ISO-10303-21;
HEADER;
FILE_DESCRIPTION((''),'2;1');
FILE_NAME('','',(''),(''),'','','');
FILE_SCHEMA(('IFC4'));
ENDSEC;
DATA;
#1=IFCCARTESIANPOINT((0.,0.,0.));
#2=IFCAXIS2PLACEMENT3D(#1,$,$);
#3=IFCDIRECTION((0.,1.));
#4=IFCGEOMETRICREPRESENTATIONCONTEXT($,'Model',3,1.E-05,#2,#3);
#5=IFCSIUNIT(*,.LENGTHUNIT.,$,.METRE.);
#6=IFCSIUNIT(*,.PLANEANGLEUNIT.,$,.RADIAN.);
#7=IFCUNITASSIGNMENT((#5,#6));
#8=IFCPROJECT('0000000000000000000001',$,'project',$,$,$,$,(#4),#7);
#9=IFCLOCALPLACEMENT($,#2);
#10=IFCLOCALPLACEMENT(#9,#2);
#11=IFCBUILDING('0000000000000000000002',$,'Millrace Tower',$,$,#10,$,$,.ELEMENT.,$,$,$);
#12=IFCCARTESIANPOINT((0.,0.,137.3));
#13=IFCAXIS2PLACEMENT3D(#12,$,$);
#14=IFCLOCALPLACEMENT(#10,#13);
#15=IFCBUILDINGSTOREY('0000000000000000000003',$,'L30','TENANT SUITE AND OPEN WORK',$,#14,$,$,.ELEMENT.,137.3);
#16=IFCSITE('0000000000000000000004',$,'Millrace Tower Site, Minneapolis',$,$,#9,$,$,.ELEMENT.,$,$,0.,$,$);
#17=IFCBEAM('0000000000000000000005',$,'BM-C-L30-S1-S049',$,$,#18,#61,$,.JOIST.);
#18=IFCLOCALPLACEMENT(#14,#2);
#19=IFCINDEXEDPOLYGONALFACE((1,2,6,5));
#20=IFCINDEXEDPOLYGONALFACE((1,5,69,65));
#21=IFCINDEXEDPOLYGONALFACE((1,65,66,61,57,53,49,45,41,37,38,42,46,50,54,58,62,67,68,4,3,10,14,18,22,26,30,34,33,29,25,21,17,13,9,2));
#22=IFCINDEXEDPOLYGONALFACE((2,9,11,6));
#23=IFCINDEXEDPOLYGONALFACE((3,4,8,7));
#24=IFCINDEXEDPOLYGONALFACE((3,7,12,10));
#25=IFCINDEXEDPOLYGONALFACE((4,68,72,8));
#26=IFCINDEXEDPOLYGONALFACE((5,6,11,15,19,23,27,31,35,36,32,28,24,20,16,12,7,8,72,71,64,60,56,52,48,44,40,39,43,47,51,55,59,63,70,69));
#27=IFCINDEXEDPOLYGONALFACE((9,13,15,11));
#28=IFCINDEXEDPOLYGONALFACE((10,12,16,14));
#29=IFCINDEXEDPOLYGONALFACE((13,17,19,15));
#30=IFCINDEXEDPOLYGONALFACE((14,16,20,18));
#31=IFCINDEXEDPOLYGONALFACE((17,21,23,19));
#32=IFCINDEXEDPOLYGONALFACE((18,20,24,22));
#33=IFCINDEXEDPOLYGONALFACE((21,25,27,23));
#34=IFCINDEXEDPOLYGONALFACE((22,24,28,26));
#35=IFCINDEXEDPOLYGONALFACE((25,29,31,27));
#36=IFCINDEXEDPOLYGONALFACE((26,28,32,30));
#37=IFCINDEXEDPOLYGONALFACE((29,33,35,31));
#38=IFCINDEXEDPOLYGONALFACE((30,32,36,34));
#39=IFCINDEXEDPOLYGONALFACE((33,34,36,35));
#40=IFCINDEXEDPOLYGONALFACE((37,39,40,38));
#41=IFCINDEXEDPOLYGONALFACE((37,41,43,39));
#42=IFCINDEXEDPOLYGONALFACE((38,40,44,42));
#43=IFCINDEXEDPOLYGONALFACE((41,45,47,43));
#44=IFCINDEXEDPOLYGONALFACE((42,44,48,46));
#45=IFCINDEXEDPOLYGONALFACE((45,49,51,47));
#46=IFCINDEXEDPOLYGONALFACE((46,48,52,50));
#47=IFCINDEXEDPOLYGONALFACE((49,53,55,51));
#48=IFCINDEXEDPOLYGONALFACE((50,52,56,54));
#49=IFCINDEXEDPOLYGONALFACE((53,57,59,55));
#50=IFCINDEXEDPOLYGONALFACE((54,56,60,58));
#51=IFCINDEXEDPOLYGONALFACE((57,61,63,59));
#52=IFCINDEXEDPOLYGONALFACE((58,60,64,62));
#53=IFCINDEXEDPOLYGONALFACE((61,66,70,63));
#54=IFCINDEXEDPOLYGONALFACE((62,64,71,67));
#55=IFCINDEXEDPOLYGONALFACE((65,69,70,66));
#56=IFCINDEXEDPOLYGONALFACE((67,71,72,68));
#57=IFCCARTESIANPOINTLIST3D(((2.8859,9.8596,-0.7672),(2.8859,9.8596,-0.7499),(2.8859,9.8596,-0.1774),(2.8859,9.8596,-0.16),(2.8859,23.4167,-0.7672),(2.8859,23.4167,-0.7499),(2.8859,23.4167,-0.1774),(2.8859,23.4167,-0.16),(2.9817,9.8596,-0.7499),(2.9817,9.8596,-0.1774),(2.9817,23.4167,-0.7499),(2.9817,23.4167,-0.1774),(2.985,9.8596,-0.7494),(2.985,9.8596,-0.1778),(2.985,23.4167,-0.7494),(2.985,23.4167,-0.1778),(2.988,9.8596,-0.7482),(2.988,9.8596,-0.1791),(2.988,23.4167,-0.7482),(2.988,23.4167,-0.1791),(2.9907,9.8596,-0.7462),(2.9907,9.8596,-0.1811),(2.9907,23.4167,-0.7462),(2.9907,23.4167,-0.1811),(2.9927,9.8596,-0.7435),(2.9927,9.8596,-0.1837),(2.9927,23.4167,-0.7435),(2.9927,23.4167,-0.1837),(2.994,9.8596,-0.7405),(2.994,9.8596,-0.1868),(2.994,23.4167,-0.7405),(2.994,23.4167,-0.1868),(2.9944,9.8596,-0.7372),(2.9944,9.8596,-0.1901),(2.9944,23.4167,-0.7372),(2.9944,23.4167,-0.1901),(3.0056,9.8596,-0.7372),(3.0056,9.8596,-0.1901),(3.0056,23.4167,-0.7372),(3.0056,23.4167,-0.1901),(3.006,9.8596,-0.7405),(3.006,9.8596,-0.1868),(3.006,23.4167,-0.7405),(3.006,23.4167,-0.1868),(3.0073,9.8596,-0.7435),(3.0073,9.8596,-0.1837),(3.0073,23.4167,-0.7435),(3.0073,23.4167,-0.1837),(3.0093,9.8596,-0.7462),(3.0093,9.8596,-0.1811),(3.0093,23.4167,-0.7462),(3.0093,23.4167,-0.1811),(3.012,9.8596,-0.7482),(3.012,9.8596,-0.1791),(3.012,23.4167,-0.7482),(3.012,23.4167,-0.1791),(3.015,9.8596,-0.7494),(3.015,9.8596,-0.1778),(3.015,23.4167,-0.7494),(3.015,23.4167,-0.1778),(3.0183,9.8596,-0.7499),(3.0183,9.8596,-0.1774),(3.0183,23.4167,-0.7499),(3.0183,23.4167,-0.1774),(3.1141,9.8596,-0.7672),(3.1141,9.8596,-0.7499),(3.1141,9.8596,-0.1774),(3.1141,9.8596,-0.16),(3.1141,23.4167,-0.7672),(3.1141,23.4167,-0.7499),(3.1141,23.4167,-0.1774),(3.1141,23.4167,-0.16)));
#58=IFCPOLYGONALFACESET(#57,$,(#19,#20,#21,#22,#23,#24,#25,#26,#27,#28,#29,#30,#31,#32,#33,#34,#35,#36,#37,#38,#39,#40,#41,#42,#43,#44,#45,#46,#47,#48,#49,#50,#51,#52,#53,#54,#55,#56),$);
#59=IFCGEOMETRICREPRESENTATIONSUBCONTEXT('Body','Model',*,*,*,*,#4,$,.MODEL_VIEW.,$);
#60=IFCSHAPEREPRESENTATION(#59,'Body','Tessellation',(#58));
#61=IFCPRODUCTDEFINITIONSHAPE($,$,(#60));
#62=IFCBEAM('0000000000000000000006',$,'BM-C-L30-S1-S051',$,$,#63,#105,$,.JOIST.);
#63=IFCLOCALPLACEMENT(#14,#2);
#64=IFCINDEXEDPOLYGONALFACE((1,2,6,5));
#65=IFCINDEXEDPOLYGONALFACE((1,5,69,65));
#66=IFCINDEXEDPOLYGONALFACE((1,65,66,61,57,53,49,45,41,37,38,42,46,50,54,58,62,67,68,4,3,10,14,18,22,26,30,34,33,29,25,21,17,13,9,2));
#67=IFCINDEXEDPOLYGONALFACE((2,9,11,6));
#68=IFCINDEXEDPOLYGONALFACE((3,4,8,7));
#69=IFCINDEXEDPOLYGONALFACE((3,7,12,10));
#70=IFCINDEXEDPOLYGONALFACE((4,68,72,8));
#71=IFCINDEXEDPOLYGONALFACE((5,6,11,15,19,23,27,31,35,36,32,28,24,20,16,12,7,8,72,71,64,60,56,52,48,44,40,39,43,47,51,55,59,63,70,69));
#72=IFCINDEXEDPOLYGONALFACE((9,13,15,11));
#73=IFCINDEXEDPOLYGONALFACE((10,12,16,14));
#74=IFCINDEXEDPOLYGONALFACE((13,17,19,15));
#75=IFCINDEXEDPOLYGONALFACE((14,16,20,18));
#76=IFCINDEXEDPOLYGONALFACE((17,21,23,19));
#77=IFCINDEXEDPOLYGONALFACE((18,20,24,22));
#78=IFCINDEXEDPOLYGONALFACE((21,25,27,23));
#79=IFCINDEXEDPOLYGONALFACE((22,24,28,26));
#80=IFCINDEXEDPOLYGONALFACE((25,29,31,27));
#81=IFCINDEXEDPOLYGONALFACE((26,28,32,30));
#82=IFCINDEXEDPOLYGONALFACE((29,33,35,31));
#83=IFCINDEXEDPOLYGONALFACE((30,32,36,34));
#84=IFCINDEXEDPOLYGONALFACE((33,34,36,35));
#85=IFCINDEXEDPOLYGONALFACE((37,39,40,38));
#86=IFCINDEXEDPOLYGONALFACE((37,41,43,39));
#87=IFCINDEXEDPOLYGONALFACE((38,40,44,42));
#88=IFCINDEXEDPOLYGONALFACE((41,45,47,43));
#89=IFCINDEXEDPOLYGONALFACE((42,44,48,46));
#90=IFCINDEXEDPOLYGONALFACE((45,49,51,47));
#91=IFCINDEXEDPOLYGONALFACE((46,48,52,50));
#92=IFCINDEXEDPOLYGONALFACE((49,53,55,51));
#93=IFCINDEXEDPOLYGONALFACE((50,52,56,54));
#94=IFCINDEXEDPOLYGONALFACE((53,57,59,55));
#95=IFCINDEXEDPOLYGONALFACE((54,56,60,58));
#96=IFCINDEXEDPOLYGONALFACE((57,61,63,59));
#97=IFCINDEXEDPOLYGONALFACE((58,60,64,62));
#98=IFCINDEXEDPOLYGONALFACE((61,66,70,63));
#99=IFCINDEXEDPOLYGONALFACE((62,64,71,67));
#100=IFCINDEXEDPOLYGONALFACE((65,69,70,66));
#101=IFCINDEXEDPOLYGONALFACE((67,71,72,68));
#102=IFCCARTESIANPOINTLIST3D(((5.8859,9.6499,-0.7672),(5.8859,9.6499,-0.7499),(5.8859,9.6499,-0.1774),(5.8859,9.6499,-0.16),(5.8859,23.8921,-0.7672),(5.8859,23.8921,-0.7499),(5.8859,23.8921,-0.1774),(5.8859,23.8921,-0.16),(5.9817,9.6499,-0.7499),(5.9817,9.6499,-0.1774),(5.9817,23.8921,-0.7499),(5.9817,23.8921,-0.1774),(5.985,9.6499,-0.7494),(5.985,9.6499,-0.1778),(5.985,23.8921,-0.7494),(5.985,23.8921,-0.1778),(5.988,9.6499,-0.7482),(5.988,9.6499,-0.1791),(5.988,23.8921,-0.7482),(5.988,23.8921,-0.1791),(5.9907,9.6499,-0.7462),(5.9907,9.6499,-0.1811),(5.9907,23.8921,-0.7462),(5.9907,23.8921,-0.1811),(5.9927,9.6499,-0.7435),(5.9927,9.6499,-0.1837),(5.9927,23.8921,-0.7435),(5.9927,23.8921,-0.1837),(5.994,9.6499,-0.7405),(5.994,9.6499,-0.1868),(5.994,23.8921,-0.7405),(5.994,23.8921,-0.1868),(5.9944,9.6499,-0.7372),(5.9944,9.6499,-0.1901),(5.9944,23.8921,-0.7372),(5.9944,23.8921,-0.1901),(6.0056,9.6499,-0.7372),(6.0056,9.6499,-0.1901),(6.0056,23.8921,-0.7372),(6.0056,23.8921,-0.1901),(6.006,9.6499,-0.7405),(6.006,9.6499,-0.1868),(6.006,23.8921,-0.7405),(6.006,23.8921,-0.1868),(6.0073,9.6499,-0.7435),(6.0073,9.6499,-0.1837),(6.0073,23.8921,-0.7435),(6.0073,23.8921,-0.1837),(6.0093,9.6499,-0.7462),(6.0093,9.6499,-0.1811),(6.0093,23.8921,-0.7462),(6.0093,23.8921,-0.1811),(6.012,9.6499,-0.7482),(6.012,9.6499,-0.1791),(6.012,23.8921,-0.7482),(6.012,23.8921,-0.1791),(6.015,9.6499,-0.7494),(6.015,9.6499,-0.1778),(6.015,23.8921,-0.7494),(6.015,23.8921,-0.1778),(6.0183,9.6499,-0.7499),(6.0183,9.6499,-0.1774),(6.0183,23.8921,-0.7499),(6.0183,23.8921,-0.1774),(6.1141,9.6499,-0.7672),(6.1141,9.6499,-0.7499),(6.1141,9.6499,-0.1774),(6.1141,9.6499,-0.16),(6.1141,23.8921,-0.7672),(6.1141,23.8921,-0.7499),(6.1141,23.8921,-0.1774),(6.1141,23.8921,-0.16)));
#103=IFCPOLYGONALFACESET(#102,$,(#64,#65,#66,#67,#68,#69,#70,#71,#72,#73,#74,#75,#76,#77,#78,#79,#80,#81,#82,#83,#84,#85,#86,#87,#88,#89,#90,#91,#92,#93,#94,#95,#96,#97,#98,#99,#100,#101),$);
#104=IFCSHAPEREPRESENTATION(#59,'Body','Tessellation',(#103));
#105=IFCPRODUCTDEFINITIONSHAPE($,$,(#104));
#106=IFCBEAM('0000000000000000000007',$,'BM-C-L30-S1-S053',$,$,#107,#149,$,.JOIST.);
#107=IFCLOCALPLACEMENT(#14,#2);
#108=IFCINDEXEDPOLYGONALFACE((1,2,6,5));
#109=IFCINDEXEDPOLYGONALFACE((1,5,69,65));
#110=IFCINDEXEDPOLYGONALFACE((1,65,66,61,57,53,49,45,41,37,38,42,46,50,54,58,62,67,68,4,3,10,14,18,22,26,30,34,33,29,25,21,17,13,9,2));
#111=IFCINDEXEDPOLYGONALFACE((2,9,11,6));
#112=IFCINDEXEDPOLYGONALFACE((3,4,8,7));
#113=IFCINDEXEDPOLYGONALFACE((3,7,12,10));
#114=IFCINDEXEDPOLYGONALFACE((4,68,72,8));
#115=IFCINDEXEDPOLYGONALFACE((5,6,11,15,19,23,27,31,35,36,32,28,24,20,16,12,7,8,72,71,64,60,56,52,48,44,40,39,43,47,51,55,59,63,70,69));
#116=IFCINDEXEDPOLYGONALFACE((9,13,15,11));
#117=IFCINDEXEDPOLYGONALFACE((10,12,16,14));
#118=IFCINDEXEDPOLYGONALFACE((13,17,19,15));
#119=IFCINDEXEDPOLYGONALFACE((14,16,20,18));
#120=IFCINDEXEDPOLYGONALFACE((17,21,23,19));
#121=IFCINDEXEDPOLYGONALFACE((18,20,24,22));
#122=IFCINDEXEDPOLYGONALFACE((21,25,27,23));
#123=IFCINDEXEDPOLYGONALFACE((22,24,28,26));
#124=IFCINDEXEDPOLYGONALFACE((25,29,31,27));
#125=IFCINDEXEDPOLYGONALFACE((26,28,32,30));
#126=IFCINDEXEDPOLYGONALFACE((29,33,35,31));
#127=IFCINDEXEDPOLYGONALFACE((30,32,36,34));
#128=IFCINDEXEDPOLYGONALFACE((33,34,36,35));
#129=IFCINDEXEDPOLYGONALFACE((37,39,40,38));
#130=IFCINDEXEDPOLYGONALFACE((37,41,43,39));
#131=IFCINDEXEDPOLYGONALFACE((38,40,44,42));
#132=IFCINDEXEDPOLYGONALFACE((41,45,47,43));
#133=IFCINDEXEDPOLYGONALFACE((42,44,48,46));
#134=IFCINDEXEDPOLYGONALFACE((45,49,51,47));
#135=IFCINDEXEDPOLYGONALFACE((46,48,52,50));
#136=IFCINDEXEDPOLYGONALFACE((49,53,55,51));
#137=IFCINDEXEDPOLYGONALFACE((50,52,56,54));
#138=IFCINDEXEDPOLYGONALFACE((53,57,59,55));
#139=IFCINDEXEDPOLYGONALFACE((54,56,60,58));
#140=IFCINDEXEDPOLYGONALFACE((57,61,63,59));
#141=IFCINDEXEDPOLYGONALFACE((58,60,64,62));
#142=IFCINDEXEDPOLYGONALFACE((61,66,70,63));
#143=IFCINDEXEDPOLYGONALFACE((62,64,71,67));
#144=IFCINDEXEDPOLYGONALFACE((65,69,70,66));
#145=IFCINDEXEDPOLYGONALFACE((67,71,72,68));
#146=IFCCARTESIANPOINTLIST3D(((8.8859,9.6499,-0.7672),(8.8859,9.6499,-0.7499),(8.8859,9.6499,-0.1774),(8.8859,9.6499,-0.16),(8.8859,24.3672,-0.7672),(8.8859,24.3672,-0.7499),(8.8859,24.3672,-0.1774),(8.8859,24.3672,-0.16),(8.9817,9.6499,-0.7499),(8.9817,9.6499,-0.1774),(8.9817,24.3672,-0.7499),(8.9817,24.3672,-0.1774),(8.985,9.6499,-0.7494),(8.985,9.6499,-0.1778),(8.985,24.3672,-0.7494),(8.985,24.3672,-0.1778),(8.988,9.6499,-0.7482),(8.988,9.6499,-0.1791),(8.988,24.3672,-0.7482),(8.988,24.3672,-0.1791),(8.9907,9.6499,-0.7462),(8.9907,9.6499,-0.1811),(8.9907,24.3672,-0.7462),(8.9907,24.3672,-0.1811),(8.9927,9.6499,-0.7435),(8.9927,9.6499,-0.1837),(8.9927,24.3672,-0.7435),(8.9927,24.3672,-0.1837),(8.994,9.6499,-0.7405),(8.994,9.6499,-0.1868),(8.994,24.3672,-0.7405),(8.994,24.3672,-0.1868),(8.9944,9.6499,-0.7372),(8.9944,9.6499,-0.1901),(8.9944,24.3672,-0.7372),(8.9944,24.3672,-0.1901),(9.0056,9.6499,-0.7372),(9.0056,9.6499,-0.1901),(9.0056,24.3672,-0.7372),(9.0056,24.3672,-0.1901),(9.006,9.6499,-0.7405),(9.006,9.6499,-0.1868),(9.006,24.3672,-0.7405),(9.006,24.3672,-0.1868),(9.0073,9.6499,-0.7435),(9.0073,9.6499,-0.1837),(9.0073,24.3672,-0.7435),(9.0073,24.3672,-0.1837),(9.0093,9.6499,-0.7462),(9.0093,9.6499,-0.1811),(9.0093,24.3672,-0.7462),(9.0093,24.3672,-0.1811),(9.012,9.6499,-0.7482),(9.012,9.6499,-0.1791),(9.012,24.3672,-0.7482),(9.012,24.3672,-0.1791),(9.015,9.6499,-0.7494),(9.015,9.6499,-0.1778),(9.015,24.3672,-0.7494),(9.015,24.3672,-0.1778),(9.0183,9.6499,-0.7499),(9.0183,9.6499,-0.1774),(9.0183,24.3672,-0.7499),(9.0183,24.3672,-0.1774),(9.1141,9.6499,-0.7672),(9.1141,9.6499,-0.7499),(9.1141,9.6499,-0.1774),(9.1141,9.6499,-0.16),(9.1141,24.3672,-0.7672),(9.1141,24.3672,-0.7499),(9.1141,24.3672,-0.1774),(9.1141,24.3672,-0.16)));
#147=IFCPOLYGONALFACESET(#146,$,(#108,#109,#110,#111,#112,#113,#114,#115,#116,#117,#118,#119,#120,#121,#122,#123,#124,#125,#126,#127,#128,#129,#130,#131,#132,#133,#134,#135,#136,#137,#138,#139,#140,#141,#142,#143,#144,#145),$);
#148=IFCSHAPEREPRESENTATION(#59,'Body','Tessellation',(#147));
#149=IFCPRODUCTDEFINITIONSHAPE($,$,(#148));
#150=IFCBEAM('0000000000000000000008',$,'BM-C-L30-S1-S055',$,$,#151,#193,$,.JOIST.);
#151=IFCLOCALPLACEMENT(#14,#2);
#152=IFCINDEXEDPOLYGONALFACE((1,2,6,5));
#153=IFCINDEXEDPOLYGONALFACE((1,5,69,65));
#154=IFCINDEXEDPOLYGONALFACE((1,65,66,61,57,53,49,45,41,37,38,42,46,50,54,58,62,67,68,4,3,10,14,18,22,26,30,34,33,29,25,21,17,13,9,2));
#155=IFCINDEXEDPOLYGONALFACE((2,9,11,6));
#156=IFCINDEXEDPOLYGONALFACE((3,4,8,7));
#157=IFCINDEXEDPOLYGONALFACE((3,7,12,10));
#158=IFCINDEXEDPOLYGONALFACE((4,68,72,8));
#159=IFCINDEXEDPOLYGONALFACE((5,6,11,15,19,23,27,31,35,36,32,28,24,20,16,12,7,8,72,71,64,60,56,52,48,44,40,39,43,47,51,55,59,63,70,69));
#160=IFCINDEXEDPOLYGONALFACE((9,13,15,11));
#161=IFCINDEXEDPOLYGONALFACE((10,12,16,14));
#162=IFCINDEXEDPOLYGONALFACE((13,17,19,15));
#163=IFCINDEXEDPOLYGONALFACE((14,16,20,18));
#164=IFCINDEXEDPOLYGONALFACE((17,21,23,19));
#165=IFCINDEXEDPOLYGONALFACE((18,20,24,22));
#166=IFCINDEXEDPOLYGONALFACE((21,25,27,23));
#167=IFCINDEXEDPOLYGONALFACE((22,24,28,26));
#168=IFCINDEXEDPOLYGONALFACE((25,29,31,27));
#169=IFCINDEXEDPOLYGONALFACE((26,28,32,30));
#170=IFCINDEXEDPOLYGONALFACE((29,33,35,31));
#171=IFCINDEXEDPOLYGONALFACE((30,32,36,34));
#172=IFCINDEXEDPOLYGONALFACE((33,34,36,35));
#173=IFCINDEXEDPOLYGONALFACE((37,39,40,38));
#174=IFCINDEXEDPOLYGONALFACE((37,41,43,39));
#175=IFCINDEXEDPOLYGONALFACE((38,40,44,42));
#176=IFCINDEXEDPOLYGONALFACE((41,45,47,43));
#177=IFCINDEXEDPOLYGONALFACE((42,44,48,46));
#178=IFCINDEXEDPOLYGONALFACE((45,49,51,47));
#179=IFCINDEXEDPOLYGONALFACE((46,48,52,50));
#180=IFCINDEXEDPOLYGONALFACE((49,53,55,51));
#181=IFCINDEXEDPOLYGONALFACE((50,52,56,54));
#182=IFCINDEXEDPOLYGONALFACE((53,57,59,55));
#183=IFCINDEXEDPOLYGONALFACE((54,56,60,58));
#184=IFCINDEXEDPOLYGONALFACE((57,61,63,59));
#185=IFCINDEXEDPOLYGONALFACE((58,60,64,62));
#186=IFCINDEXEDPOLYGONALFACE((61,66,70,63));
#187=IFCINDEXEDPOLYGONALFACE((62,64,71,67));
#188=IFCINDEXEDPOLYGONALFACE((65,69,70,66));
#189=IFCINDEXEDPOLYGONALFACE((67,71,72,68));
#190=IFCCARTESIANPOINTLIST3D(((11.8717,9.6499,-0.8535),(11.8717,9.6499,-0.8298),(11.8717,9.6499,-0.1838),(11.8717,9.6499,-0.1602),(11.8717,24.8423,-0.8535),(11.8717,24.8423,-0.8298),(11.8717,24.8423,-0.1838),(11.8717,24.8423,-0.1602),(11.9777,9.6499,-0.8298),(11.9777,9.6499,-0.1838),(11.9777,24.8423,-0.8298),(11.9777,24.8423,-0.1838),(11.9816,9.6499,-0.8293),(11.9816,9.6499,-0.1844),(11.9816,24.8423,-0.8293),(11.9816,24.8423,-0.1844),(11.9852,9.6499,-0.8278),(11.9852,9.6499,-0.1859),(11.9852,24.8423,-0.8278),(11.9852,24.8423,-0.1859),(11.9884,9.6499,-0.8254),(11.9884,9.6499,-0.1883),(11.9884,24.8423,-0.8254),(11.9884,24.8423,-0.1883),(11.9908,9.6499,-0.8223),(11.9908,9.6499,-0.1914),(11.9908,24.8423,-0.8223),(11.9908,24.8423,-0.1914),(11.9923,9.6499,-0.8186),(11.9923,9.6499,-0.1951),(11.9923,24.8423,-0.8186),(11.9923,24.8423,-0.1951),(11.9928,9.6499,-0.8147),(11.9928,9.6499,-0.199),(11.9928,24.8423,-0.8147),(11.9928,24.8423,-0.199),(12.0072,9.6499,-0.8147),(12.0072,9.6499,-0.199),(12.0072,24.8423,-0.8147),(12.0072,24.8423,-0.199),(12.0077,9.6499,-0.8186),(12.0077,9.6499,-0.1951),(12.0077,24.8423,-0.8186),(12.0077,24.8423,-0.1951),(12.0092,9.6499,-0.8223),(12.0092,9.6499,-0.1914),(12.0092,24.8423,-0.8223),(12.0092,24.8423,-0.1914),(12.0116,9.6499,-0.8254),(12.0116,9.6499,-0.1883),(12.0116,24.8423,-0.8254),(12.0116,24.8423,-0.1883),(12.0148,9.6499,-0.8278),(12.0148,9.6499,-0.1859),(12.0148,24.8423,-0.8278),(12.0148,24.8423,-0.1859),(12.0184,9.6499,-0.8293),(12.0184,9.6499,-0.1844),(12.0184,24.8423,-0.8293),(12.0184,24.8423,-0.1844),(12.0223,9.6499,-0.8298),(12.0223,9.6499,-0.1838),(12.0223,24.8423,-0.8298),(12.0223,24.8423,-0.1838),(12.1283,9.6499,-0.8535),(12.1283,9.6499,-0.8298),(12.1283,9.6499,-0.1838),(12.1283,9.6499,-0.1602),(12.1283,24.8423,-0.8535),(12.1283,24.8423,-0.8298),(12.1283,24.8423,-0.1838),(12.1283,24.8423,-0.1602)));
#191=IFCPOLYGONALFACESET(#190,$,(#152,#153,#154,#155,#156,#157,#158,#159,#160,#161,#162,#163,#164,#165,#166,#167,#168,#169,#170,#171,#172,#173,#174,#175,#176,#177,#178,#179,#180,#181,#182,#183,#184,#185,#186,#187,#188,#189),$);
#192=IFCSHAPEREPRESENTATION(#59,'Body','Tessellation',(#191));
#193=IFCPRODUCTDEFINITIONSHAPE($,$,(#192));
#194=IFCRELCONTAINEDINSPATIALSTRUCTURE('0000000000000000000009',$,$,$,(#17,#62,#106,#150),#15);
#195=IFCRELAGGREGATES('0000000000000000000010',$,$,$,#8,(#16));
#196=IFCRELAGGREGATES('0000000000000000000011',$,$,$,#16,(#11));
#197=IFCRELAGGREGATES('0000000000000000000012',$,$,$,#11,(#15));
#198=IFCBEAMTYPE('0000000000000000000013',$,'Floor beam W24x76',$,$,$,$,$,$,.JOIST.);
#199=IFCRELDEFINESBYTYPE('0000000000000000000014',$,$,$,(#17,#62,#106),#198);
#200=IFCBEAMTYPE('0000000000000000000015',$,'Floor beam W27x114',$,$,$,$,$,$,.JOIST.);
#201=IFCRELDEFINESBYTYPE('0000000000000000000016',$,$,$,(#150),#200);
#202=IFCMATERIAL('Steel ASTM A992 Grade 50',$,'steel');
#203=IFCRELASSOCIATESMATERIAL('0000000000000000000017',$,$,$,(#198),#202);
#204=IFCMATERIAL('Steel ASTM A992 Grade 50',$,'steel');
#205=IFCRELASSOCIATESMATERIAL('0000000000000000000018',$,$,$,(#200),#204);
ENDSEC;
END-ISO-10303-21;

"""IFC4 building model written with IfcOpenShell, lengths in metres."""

from ifc_helpers import new_model, si_unit, direction, frame, origin, origin_2d, place, context, subcontext, project, spatial, i_section, extrude, material, material_profile, profile_set, type_object, element, save


model = new_model("IFC4")

# Units and contexts
model_context = context("Model", 3, precision=1e-05, world=origin(), true_north=direction((0.0, 1.0)))
body_context = subcontext(model_context, "Body", "Model", "MODEL_VIEW")
ifc_project = project(units=[si_unit("LENGTHUNIT", "METRE"), si_unit("PLANEANGLEUNIT", "RADIAN")], contexts=[model_context])

# Site, building, storey
site_placement = place(None, origin())
site = spatial("IfcSite", under=ifc_project, at=site_placement, Name="Millrace Tower Site, Minneapolis", CompositionType="ELEMENT", RefElevation=0.0)
building_placement = place(site_placement, origin())
building = spatial("IfcBuilding", under=site, at=building_placement, Name="Millrace Tower", CompositionType="ELEMENT")
storey_placement = place(building_placement, frame((0.0, 0.0, 137.3)))
storey = spatial("IfcBuildingStorey", under=building, at=storey_placement, Name="L30", Description="TENANT SUITE AND OPEN WORK", CompositionType="ELEMENT", Elevation=137.3)

# Beams
ifc_material_1 = material(Name="Steel ASTM A992 Grade 50", Category="steel")
ifc_material_profile_1 = material_profile(ifc_material_1, i_section(OverallWidth=0.2283, OverallDepth=0.6072, WebThickness=0.0112, FlangeThickness=0.0173, FilletRadius=0.0127, at=origin_2d()))
ifc_profile_set_1 = profile_set([ifc_material_profile_1], Name="Steel ASTM A992 Grade 50")
beam_type_1 = type_object("IfcBeamType", Name="Floor beam W24x76", PredefinedType="JOIST", material=ifc_profile_set_1)
beam_1_placement = place(storey_placement, frame((3.0, 9.8596, -0.4636), z_axis=(0.0, 1.0, 0.0), x_axis=(-1.0, 0.0, 0.0)))
element("IfcBeam", 1, at=beam_1_placement, inside=storey, type_object=beam_type_1, Name="BM-C-L30-S1-S049", PredefinedType="JOIST", context=body_context, shape_type="SweptSolid", body=[
    extrude(i_section(OverallWidth=0.2283, OverallDepth=0.6072, WebThickness=0.0112, FlangeThickness=0.0173, FilletRadius=0.0127, at=origin_2d()), origin(), (0.0, 0.0, 1.0), 13.5571),
])
beam_2_placement = place(storey_placement, frame((6.0, 9.6499, -0.4636), z_axis=(0.0, 1.0, 0.0), x_axis=(-1.0, 0.0, 0.0)))
element("IfcBeam", 2, at=beam_2_placement, inside=storey, type_object=beam_type_1, Name="BM-C-L30-S1-S051", PredefinedType="JOIST", context=body_context, shape_type="SweptSolid", body=[
    extrude(i_section(OverallWidth=0.2283, OverallDepth=0.6072, WebThickness=0.0112, FlangeThickness=0.0173, FilletRadius=0.0127, at=origin_2d()), origin(), (0.0, 0.0, 1.0), 14.2422),
])
beam_3_placement = place(storey_placement, frame((9.0, 9.6499, -0.4636), z_axis=(0.0, 1.0, 0.0), x_axis=(-1.0, 0.0, 0.0)))
element("IfcBeam", 3, at=beam_3_placement, inside=storey, type_object=beam_type_1, Name="BM-C-L30-S1-S053", PredefinedType="JOIST", context=body_context, shape_type="SweptSolid", body=[
    extrude(i_section(OverallWidth=0.2283, OverallDepth=0.6072, WebThickness=0.0112, FlangeThickness=0.0173, FilletRadius=0.0127, at=origin_2d()), origin(), (0.0, 0.0, 1.0), 14.7173),
])
ifc_material_2 = material(Name="Steel ASTM A992 Grade 50", Category="steel")
ifc_material_profile_2 = material_profile(ifc_material_2, i_section(OverallWidth=0.2566, OverallDepth=0.6934, WebThickness=0.0144, FlangeThickness=0.0237, FilletRadius=0.0151, at=origin_2d()))
ifc_profile_set_2 = profile_set([ifc_material_profile_2], Name="Steel ASTM A992 Grade 50")
beam_type_2 = type_object("IfcBeamType", Name="Floor beam W27x114", PredefinedType="JOIST", material=ifc_profile_set_2)
beam_4_placement = place(storey_placement, frame((12.0, 9.6499, -0.5068), z_axis=(0.0, 1.0, 0.0), x_axis=(-1.0, 0.0, 0.0)))
element("IfcBeam", 4, at=beam_4_placement, inside=storey, type_object=beam_type_2, Name="BM-C-L30-S1-S055", PredefinedType="JOIST", context=body_context, shape_type="SweptSolid", body=[
    extrude(i_section(OverallWidth=0.2566, OverallDepth=0.6934, WebThickness=0.0144, FlangeThickness=0.0237, FilletRadius=0.0151, at=origin_2d()), origin(), (0.0, 0.0, 1.0), 15.1924),
])

save(model, "model.ifc")
